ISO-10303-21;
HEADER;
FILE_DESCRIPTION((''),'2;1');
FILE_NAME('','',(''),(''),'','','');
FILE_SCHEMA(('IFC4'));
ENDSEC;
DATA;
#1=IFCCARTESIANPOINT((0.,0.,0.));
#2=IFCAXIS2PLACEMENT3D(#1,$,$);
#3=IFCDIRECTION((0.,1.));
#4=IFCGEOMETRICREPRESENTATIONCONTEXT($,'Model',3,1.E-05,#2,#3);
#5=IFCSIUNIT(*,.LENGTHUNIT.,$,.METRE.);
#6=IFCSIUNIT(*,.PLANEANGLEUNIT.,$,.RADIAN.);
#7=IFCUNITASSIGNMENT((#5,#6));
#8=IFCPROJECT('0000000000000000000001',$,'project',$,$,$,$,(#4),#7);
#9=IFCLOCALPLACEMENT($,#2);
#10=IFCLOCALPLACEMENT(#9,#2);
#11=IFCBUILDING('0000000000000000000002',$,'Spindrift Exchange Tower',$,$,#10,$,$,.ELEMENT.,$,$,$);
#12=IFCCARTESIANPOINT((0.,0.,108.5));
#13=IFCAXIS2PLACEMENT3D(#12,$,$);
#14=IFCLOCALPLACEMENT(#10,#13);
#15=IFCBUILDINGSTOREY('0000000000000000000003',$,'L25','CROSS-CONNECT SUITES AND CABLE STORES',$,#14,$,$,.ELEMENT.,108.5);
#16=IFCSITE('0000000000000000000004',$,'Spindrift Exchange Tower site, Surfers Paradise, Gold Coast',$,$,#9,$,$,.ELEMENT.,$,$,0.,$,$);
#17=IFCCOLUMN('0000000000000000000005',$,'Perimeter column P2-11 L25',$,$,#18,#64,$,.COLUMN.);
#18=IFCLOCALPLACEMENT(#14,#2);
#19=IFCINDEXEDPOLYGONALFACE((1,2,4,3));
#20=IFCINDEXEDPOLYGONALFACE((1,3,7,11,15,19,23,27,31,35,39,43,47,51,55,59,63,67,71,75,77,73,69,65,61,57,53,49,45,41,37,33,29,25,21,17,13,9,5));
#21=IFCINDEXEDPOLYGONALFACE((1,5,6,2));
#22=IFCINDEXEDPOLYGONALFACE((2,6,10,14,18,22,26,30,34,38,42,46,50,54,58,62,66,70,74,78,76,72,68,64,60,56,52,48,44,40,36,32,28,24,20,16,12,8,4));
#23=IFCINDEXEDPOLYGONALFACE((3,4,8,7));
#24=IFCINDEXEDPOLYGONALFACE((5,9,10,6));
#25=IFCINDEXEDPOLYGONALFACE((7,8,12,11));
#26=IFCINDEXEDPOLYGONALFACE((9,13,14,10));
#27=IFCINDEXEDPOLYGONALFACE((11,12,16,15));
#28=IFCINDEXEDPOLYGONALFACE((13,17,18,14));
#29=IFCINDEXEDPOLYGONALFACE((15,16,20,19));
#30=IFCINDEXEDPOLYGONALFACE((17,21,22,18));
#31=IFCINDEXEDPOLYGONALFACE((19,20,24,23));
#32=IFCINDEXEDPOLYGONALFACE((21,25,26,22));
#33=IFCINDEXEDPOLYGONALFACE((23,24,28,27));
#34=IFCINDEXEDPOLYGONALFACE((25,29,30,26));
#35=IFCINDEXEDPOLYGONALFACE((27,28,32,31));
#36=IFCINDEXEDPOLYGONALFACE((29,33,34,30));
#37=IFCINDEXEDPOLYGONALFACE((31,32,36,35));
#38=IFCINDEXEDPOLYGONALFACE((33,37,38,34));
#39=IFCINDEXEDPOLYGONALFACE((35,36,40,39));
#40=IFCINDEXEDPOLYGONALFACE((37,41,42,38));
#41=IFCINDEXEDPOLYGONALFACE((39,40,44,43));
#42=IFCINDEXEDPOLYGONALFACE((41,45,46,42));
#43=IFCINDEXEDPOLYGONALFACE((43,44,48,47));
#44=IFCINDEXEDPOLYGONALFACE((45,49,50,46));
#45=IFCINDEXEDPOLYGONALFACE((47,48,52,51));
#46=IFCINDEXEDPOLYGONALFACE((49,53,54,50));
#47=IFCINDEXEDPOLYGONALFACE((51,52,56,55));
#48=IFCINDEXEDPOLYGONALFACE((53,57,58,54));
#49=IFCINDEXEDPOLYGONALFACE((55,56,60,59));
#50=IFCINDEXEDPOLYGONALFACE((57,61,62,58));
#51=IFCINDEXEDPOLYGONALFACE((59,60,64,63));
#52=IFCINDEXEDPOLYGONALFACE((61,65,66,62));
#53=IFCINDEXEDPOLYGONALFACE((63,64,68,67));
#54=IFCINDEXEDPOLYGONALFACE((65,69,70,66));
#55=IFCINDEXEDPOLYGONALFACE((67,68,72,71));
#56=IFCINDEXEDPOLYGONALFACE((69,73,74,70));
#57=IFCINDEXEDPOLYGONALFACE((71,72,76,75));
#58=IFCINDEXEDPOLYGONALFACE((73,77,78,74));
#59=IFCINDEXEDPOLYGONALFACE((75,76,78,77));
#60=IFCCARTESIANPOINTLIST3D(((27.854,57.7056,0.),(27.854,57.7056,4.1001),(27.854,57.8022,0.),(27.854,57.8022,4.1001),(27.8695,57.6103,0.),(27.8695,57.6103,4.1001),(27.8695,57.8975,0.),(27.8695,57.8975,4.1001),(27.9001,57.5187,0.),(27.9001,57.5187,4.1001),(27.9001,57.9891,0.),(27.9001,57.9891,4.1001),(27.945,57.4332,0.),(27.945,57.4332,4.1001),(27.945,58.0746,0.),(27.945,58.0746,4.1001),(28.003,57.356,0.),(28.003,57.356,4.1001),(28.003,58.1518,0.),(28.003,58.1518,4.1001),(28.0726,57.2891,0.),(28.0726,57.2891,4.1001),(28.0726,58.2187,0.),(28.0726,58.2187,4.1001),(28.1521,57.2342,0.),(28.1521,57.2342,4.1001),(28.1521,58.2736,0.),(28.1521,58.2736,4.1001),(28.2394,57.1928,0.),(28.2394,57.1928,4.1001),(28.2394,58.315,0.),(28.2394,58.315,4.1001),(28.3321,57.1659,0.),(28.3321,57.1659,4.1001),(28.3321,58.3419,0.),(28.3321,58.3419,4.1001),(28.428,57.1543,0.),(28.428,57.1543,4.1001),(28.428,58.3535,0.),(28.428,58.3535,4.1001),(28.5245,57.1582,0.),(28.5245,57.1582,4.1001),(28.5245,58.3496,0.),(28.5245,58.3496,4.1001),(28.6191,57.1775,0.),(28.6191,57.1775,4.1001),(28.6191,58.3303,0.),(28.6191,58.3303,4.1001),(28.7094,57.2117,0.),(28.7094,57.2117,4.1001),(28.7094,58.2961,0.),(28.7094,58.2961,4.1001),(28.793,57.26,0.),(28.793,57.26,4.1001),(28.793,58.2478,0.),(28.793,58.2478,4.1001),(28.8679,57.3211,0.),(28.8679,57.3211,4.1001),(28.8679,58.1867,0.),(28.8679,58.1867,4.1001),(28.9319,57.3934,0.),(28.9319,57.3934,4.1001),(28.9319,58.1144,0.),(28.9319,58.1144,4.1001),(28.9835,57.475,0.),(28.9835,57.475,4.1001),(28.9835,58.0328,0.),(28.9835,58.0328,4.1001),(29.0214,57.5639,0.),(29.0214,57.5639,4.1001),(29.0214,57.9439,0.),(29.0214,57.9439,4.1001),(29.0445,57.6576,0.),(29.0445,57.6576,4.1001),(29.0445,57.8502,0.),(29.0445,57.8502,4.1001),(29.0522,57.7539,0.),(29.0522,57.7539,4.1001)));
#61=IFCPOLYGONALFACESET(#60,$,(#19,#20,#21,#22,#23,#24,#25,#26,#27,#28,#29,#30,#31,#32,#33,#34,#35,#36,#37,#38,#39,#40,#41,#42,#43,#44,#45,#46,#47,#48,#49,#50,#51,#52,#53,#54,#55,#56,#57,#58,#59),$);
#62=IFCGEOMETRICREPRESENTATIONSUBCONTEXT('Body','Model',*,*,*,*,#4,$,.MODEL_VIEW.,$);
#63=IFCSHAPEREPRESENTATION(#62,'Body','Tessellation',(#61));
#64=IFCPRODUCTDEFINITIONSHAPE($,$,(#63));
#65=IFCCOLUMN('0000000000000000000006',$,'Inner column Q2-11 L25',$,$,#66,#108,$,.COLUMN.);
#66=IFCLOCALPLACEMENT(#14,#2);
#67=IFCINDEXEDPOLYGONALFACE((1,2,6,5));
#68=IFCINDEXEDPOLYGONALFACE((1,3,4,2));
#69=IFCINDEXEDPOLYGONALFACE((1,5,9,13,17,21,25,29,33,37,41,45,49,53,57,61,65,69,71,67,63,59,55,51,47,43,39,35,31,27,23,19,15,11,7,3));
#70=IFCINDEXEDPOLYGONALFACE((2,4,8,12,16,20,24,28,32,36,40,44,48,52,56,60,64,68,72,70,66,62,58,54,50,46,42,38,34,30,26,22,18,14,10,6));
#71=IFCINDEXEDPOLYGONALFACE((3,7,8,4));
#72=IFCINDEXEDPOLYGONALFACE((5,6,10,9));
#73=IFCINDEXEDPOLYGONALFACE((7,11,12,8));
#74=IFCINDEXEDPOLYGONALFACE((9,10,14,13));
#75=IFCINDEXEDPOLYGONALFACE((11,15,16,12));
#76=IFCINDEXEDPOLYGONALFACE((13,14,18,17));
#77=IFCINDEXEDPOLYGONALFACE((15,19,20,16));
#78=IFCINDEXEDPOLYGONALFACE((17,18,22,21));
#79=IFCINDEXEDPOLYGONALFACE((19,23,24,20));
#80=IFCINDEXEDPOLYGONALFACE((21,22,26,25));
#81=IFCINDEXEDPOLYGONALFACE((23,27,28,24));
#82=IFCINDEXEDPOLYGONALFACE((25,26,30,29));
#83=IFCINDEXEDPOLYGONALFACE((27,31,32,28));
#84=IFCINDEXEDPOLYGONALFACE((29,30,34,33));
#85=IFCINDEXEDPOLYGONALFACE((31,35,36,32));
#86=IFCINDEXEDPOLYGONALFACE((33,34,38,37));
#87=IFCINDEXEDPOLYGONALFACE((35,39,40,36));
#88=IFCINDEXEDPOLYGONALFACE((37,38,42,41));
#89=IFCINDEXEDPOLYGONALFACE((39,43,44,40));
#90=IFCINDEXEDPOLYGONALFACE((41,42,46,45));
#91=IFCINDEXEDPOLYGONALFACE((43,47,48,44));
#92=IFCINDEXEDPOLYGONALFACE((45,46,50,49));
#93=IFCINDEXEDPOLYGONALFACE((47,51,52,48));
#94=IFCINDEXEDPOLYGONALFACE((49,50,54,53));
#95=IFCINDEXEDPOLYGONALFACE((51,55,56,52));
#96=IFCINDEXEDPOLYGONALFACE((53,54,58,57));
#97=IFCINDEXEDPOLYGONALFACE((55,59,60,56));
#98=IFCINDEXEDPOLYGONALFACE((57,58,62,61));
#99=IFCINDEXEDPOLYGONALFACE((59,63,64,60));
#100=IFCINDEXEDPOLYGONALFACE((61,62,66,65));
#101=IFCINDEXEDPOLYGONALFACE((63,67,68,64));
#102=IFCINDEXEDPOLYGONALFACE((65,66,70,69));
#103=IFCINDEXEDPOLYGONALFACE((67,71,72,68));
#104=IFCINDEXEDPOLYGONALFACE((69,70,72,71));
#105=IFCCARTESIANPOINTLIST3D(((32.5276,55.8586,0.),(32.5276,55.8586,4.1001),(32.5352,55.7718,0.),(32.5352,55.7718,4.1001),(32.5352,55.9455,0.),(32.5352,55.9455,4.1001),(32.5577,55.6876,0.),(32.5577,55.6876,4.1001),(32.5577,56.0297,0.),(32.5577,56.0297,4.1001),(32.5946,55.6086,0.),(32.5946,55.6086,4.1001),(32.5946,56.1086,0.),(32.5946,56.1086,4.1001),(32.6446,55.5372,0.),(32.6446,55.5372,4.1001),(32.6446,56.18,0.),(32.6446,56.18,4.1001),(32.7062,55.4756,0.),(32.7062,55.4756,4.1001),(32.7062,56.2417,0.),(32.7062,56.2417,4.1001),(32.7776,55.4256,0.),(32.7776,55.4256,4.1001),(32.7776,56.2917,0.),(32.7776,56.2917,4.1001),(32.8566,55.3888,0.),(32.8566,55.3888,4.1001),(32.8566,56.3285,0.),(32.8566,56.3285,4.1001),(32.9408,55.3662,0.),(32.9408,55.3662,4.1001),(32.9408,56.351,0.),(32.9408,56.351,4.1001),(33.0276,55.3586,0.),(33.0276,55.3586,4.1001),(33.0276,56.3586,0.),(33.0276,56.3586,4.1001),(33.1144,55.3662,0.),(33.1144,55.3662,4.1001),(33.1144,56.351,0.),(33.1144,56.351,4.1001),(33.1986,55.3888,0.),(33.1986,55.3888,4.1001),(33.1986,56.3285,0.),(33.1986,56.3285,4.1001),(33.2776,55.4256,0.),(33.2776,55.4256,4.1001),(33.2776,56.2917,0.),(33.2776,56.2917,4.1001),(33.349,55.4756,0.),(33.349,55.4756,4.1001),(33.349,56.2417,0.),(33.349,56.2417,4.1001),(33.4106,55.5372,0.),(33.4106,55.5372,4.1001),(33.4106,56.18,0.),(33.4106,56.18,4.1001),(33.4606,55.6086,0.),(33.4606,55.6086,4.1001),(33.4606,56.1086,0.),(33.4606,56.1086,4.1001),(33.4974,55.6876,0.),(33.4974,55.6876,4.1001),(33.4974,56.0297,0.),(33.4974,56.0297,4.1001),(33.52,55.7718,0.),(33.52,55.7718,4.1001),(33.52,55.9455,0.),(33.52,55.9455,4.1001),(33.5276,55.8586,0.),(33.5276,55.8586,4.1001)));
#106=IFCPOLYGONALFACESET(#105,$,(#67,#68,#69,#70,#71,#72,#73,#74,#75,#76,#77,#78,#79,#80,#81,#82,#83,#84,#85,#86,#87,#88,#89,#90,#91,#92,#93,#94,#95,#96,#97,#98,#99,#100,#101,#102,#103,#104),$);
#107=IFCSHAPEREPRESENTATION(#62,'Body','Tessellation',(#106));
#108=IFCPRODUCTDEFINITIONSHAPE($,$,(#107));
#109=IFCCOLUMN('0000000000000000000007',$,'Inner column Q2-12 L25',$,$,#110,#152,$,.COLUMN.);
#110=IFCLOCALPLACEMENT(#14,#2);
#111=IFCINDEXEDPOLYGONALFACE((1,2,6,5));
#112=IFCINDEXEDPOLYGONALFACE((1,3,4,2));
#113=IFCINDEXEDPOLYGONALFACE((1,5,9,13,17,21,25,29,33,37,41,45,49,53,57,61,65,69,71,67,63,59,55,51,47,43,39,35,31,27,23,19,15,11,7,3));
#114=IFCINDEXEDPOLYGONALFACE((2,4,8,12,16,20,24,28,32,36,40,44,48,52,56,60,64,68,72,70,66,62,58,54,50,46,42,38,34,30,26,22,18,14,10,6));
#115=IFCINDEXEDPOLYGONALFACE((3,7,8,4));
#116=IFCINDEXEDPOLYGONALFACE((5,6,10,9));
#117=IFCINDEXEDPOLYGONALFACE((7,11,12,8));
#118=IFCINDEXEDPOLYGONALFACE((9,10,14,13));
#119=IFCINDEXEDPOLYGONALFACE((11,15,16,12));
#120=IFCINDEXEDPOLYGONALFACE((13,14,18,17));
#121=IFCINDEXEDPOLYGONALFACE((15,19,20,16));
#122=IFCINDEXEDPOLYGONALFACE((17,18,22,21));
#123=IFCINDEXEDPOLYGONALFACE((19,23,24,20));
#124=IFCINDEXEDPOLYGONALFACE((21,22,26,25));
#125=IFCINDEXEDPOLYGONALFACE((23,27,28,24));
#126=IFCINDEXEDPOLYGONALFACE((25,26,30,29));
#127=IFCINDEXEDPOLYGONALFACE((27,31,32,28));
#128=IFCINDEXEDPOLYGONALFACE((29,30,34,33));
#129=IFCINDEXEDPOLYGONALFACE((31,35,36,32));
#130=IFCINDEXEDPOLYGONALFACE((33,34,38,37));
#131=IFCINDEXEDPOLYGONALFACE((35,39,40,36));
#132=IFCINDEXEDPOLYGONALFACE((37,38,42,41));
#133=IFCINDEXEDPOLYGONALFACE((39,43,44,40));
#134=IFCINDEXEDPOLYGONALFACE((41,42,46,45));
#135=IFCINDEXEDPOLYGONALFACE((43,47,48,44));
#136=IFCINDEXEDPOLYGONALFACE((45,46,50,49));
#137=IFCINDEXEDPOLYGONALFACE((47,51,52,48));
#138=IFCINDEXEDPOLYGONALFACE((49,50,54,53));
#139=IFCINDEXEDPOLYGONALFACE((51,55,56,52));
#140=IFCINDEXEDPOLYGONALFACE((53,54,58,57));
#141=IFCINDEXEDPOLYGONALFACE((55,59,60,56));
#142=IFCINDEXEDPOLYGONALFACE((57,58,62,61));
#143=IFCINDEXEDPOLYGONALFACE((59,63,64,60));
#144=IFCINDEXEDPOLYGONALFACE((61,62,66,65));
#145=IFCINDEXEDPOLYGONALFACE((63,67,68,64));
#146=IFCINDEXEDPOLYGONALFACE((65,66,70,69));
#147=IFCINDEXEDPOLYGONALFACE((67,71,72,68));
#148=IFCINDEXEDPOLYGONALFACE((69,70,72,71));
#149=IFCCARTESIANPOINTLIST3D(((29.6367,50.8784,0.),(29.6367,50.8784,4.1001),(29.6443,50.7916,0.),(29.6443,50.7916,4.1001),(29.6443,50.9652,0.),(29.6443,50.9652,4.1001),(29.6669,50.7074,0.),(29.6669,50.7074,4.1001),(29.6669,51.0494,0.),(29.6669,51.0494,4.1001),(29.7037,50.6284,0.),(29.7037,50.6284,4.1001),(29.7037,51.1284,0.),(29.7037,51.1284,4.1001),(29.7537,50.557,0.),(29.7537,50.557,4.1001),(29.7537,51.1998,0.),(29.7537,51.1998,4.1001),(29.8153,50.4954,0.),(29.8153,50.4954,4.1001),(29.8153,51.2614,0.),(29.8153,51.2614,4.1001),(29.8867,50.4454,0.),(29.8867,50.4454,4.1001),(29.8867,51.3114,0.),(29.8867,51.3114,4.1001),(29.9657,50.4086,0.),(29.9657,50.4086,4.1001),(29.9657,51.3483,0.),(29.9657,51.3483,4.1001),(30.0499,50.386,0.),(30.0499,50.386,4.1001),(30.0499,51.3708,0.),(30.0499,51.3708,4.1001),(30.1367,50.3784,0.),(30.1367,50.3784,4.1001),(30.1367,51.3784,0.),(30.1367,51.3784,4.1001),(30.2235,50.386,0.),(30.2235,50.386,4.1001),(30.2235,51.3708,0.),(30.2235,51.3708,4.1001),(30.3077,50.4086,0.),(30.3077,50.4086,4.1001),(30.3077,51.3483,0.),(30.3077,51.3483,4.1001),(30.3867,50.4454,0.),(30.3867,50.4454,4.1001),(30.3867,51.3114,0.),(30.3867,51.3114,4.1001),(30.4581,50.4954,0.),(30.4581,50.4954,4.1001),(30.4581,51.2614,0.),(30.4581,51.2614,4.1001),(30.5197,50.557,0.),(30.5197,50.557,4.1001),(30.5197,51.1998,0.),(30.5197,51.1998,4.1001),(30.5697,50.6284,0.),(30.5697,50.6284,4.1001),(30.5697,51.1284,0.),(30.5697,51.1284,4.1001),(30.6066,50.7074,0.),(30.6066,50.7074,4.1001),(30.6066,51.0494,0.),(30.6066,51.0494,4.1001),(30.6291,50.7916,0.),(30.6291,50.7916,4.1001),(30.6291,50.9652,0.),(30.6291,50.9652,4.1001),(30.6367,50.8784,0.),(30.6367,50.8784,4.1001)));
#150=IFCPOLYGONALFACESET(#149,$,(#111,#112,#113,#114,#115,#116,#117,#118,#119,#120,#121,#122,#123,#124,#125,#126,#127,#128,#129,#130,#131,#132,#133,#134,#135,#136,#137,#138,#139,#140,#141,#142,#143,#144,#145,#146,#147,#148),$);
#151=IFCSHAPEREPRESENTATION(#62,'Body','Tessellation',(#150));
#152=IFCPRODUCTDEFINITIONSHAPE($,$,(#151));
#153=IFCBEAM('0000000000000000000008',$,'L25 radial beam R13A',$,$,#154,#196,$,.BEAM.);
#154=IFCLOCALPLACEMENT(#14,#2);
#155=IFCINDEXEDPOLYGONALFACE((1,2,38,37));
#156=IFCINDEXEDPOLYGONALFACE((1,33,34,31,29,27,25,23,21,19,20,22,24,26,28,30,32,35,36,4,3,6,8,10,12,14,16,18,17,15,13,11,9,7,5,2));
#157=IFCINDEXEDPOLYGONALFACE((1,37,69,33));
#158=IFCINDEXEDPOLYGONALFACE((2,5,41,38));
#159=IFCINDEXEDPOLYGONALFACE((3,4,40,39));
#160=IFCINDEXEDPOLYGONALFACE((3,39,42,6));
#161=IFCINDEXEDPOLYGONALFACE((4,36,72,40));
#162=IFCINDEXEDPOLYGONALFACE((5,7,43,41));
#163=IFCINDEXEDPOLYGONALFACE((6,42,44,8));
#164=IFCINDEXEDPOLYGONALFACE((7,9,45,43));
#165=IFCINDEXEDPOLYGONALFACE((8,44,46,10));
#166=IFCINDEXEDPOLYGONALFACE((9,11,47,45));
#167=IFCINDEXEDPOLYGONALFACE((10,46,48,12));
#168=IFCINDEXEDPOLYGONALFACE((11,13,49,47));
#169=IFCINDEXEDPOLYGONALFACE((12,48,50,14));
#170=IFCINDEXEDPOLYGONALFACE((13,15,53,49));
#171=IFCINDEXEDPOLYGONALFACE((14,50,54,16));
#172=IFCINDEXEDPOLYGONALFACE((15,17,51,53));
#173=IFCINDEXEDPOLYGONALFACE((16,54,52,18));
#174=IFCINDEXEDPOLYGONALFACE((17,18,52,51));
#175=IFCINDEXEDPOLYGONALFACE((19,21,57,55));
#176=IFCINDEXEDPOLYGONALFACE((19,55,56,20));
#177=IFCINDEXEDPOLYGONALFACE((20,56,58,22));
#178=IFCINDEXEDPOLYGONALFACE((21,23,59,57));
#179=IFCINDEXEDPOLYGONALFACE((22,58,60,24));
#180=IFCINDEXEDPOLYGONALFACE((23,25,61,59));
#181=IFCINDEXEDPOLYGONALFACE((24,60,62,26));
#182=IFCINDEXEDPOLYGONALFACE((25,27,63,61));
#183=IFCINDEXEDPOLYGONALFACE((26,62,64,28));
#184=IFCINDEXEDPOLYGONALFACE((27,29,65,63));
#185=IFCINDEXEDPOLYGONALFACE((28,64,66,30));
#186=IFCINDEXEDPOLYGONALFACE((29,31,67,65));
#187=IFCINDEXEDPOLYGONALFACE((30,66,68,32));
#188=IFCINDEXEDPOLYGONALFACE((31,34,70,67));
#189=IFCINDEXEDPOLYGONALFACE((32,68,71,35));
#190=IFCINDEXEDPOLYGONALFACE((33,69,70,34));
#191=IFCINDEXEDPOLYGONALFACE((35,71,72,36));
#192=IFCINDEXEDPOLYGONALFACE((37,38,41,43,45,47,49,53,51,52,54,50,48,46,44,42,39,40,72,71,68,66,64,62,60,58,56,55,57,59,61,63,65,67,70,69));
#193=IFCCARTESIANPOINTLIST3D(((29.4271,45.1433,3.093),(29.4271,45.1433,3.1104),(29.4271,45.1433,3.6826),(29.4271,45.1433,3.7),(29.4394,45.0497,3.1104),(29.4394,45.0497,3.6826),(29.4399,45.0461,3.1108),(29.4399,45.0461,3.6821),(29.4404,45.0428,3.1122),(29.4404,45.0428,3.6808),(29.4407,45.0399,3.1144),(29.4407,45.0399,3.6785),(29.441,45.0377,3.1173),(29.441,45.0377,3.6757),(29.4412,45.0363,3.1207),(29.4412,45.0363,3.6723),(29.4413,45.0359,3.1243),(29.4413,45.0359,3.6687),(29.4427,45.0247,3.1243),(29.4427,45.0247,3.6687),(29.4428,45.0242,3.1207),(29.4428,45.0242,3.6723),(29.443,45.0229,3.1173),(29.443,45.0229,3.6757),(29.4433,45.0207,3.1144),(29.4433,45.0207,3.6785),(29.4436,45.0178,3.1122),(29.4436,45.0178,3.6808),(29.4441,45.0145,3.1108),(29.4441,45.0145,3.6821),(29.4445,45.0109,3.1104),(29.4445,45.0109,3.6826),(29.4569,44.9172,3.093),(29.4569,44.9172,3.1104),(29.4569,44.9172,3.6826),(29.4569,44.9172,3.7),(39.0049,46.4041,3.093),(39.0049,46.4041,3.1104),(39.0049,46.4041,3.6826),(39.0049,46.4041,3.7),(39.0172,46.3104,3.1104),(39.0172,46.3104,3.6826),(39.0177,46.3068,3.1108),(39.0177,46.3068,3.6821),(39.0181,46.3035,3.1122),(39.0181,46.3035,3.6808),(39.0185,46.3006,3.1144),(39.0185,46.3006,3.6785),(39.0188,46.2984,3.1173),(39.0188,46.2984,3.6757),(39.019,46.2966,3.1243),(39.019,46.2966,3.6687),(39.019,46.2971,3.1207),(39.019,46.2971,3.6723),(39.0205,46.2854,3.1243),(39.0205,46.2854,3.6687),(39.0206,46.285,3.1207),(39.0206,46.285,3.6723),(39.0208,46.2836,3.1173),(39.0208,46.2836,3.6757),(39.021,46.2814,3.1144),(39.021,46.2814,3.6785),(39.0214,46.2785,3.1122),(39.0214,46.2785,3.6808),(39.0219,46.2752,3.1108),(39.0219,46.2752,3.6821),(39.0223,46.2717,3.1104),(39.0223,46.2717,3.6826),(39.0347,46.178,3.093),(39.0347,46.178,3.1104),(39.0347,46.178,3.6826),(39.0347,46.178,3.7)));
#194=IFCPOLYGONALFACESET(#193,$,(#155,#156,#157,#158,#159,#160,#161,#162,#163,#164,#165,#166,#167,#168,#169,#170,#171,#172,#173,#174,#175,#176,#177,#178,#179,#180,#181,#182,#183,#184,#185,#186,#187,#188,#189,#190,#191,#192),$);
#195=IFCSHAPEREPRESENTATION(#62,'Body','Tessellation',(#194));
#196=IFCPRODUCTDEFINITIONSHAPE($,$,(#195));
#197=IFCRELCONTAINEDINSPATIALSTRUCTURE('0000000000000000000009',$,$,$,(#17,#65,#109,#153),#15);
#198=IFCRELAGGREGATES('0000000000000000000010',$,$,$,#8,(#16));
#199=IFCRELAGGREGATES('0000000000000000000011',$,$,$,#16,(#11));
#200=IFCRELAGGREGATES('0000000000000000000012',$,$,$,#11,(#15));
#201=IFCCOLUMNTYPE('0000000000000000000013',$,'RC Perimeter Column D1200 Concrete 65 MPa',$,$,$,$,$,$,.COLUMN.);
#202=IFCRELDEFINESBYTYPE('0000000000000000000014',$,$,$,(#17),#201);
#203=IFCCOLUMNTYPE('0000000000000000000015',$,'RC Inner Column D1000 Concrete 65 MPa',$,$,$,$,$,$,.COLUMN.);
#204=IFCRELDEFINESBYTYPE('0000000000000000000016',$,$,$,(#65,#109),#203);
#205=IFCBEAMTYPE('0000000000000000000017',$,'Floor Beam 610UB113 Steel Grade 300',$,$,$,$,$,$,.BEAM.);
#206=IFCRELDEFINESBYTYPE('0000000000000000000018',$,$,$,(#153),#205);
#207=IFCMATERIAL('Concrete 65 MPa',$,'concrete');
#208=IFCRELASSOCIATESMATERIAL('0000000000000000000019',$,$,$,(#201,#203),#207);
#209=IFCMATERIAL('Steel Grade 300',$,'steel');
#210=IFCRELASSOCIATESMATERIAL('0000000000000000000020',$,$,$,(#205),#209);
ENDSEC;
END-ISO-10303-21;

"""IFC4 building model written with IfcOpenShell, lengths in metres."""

from ifc_helpers import new_model, si_unit, direction, frame, origin, origin_2d, place, context, subcontext, project, spatial, circle, i_section, extrude, source, transform, mapped, material, material_profile, profile_set, type_object, element, save


model = new_model("IFC4")

# Units and contexts
model_context = context("Model", 3, precision=1e-05, world=origin(), true_north=direction((0.0, 1.0)))
body_context = subcontext(model_context, "Body", "Model", "MODEL_VIEW")
ifc_project = project(units=[si_unit("LENGTHUNIT", "METRE"), si_unit("PLANEANGLEUNIT", "RADIAN")], contexts=[model_context])

# Site, building, storey
site_placement = place(None, origin())
site = spatial("IfcSite", under=ifc_project, at=site_placement, Name="Spindrift Exchange Tower site, Surfers Paradise, Gold Coast", CompositionType="ELEMENT", RefElevation=0.0)
building_placement = place(site_placement, origin())
building = spatial("IfcBuilding", under=site, at=building_placement, Name="Spindrift Exchange Tower", CompositionType="ELEMENT")
storey_placement = place(building_placement, frame((0.0, 0.0, 108.5)))
storey = spatial("IfcBuildingStorey", under=building, at=storey_placement, Name="L25", Description="CROSS-CONNECT SUITES AND CABLE STORES", CompositionType="ELEMENT", Elevation=108.5)

# Columns
ifc_material_1 = material(Name="Concrete 65 MPa", Category="concrete")
ifc_material_profile_1 = material_profile(ifc_material_1, circle(Radius=0.6001, at=origin_2d()), Name="RC D1200")
ifc_profile_set_1 = profile_set([ifc_material_profile_1], Name="Concrete 65 MPa")
column_type_1 = type_object("IfcColumnType", Name="RC Perimeter Column D1200 Concrete 65 MPa", PredefinedType="COLUMN", material=ifc_profile_set_1)
shared_shape_1 = source(origin(), body_context, "Body", "SweptSolid", [
    extrude(circle(Radius=0.6001, at=origin_2d()), origin(), (0.0, 0.0, 1.0), 4.1001),
])
column_placement = place(storey_placement, frame((28.4521, 57.7539, 0.0), z_axis=(0.0, 0.0, 1.0), x_axis=(1.0, 0.0, 0.0)))
element("IfcColumn", 1, at=column_placement, inside=storey, type_object=column_type_1, Name="Perimeter column P2-11 L25", PredefinedType="COLUMN", context=body_context, shape_type="MappedRepresentation", body=[
    mapped(shared_shape_1, transform((0.0, 0.0, 0.0), scale=1.0)),
])
ifc_material_profile_2 = material_profile(ifc_material_1, circle(Radius=0.5, at=origin_2d()), Name="RC D1000")
ifc_profile_set_2 = profile_set([ifc_material_profile_2], Name="Concrete 65 MPa")
column_type_2 = type_object("IfcColumnType", Name="RC Inner Column D1000 Concrete 65 MPa", PredefinedType="COLUMN", material=ifc_profile_set_2)
shared_shape_2 = source(origin(), body_context, "Body", "SweptSolid", [
    extrude(circle(Radius=0.5, at=origin_2d()), origin(), (0.0, 0.0, 1.0), 4.1001),
])
for number, where, z_axis, x_axis, name in (
    (2, (33.0276, 55.8586, 0.0), (0.0, 0.0, 1.0), (1.0, 0.0, 0.0), "Inner column Q2-11 L25"),
    (3, (30.1367, 50.8784, 0.0), (0.0, 0.0, 1.0), (1.0, 0.0, 0.0), "Inner column Q2-12 L25"),
):
    element("IfcColumn", number, at=place(storey_placement, frame(where, z_axis=z_axis, x_axis=x_axis)), inside=storey, type_object=column_type_2, Name=name, PredefinedType="COLUMN", context=body_context, shape_type="MappedRepresentation", body=[
        mapped(shared_shape_2, transform((0.0, 0.0, 0.0), scale=1.0)),
    ])

# Beam
ifc_material_2 = material(Name="Steel Grade 300", Category="steel")
ifc_material_profile_3 = material_profile(ifc_material_2, i_section(OverallWidth=0.228, OverallDepth=0.6069, WebThickness=0.0112, FlangeThickness=0.0173, FilletRadius=0.0139, at=origin_2d()), Name="610UB113")
ifc_profile_set_3 = profile_set([ifc_material_profile_3], Name="Steel Grade 300")
beam_type_1 = type_object("IfcBeamType", Name="Floor Beam 610UB113 Steel Grade 300", PredefinedType="BEAM", material=ifc_profile_set_3)
shared_shape_3 = source(origin(), body_context, "Body", "SweptSolid", [
    extrude(i_section(OverallWidth=0.228, OverallDepth=0.6069, WebThickness=0.0112, FlangeThickness=0.0173, FilletRadius=0.0139, at=origin_2d()), origin(), (0.0, 0.0, 1.0), 9.6604),
])
beam_1_placement = place(storey_placement, frame((39.0198, 46.291, 3.3965), z_axis=(-0.991448, -0.130505, 0.0), x_axis=(0.130505, -0.991448, 0.0)))
element("IfcBeam", 4, at=beam_1_placement, inside=storey, type_object=beam_type_1, Name="L25 radial beam R13A", PredefinedType="BEAM", context=body_context, shape_type="MappedRepresentation", body=[
    mapped(shared_shape_3, transform((0.0, 0.0, 0.0), scale=1.0)),
])

save(model, "model.ifc")
